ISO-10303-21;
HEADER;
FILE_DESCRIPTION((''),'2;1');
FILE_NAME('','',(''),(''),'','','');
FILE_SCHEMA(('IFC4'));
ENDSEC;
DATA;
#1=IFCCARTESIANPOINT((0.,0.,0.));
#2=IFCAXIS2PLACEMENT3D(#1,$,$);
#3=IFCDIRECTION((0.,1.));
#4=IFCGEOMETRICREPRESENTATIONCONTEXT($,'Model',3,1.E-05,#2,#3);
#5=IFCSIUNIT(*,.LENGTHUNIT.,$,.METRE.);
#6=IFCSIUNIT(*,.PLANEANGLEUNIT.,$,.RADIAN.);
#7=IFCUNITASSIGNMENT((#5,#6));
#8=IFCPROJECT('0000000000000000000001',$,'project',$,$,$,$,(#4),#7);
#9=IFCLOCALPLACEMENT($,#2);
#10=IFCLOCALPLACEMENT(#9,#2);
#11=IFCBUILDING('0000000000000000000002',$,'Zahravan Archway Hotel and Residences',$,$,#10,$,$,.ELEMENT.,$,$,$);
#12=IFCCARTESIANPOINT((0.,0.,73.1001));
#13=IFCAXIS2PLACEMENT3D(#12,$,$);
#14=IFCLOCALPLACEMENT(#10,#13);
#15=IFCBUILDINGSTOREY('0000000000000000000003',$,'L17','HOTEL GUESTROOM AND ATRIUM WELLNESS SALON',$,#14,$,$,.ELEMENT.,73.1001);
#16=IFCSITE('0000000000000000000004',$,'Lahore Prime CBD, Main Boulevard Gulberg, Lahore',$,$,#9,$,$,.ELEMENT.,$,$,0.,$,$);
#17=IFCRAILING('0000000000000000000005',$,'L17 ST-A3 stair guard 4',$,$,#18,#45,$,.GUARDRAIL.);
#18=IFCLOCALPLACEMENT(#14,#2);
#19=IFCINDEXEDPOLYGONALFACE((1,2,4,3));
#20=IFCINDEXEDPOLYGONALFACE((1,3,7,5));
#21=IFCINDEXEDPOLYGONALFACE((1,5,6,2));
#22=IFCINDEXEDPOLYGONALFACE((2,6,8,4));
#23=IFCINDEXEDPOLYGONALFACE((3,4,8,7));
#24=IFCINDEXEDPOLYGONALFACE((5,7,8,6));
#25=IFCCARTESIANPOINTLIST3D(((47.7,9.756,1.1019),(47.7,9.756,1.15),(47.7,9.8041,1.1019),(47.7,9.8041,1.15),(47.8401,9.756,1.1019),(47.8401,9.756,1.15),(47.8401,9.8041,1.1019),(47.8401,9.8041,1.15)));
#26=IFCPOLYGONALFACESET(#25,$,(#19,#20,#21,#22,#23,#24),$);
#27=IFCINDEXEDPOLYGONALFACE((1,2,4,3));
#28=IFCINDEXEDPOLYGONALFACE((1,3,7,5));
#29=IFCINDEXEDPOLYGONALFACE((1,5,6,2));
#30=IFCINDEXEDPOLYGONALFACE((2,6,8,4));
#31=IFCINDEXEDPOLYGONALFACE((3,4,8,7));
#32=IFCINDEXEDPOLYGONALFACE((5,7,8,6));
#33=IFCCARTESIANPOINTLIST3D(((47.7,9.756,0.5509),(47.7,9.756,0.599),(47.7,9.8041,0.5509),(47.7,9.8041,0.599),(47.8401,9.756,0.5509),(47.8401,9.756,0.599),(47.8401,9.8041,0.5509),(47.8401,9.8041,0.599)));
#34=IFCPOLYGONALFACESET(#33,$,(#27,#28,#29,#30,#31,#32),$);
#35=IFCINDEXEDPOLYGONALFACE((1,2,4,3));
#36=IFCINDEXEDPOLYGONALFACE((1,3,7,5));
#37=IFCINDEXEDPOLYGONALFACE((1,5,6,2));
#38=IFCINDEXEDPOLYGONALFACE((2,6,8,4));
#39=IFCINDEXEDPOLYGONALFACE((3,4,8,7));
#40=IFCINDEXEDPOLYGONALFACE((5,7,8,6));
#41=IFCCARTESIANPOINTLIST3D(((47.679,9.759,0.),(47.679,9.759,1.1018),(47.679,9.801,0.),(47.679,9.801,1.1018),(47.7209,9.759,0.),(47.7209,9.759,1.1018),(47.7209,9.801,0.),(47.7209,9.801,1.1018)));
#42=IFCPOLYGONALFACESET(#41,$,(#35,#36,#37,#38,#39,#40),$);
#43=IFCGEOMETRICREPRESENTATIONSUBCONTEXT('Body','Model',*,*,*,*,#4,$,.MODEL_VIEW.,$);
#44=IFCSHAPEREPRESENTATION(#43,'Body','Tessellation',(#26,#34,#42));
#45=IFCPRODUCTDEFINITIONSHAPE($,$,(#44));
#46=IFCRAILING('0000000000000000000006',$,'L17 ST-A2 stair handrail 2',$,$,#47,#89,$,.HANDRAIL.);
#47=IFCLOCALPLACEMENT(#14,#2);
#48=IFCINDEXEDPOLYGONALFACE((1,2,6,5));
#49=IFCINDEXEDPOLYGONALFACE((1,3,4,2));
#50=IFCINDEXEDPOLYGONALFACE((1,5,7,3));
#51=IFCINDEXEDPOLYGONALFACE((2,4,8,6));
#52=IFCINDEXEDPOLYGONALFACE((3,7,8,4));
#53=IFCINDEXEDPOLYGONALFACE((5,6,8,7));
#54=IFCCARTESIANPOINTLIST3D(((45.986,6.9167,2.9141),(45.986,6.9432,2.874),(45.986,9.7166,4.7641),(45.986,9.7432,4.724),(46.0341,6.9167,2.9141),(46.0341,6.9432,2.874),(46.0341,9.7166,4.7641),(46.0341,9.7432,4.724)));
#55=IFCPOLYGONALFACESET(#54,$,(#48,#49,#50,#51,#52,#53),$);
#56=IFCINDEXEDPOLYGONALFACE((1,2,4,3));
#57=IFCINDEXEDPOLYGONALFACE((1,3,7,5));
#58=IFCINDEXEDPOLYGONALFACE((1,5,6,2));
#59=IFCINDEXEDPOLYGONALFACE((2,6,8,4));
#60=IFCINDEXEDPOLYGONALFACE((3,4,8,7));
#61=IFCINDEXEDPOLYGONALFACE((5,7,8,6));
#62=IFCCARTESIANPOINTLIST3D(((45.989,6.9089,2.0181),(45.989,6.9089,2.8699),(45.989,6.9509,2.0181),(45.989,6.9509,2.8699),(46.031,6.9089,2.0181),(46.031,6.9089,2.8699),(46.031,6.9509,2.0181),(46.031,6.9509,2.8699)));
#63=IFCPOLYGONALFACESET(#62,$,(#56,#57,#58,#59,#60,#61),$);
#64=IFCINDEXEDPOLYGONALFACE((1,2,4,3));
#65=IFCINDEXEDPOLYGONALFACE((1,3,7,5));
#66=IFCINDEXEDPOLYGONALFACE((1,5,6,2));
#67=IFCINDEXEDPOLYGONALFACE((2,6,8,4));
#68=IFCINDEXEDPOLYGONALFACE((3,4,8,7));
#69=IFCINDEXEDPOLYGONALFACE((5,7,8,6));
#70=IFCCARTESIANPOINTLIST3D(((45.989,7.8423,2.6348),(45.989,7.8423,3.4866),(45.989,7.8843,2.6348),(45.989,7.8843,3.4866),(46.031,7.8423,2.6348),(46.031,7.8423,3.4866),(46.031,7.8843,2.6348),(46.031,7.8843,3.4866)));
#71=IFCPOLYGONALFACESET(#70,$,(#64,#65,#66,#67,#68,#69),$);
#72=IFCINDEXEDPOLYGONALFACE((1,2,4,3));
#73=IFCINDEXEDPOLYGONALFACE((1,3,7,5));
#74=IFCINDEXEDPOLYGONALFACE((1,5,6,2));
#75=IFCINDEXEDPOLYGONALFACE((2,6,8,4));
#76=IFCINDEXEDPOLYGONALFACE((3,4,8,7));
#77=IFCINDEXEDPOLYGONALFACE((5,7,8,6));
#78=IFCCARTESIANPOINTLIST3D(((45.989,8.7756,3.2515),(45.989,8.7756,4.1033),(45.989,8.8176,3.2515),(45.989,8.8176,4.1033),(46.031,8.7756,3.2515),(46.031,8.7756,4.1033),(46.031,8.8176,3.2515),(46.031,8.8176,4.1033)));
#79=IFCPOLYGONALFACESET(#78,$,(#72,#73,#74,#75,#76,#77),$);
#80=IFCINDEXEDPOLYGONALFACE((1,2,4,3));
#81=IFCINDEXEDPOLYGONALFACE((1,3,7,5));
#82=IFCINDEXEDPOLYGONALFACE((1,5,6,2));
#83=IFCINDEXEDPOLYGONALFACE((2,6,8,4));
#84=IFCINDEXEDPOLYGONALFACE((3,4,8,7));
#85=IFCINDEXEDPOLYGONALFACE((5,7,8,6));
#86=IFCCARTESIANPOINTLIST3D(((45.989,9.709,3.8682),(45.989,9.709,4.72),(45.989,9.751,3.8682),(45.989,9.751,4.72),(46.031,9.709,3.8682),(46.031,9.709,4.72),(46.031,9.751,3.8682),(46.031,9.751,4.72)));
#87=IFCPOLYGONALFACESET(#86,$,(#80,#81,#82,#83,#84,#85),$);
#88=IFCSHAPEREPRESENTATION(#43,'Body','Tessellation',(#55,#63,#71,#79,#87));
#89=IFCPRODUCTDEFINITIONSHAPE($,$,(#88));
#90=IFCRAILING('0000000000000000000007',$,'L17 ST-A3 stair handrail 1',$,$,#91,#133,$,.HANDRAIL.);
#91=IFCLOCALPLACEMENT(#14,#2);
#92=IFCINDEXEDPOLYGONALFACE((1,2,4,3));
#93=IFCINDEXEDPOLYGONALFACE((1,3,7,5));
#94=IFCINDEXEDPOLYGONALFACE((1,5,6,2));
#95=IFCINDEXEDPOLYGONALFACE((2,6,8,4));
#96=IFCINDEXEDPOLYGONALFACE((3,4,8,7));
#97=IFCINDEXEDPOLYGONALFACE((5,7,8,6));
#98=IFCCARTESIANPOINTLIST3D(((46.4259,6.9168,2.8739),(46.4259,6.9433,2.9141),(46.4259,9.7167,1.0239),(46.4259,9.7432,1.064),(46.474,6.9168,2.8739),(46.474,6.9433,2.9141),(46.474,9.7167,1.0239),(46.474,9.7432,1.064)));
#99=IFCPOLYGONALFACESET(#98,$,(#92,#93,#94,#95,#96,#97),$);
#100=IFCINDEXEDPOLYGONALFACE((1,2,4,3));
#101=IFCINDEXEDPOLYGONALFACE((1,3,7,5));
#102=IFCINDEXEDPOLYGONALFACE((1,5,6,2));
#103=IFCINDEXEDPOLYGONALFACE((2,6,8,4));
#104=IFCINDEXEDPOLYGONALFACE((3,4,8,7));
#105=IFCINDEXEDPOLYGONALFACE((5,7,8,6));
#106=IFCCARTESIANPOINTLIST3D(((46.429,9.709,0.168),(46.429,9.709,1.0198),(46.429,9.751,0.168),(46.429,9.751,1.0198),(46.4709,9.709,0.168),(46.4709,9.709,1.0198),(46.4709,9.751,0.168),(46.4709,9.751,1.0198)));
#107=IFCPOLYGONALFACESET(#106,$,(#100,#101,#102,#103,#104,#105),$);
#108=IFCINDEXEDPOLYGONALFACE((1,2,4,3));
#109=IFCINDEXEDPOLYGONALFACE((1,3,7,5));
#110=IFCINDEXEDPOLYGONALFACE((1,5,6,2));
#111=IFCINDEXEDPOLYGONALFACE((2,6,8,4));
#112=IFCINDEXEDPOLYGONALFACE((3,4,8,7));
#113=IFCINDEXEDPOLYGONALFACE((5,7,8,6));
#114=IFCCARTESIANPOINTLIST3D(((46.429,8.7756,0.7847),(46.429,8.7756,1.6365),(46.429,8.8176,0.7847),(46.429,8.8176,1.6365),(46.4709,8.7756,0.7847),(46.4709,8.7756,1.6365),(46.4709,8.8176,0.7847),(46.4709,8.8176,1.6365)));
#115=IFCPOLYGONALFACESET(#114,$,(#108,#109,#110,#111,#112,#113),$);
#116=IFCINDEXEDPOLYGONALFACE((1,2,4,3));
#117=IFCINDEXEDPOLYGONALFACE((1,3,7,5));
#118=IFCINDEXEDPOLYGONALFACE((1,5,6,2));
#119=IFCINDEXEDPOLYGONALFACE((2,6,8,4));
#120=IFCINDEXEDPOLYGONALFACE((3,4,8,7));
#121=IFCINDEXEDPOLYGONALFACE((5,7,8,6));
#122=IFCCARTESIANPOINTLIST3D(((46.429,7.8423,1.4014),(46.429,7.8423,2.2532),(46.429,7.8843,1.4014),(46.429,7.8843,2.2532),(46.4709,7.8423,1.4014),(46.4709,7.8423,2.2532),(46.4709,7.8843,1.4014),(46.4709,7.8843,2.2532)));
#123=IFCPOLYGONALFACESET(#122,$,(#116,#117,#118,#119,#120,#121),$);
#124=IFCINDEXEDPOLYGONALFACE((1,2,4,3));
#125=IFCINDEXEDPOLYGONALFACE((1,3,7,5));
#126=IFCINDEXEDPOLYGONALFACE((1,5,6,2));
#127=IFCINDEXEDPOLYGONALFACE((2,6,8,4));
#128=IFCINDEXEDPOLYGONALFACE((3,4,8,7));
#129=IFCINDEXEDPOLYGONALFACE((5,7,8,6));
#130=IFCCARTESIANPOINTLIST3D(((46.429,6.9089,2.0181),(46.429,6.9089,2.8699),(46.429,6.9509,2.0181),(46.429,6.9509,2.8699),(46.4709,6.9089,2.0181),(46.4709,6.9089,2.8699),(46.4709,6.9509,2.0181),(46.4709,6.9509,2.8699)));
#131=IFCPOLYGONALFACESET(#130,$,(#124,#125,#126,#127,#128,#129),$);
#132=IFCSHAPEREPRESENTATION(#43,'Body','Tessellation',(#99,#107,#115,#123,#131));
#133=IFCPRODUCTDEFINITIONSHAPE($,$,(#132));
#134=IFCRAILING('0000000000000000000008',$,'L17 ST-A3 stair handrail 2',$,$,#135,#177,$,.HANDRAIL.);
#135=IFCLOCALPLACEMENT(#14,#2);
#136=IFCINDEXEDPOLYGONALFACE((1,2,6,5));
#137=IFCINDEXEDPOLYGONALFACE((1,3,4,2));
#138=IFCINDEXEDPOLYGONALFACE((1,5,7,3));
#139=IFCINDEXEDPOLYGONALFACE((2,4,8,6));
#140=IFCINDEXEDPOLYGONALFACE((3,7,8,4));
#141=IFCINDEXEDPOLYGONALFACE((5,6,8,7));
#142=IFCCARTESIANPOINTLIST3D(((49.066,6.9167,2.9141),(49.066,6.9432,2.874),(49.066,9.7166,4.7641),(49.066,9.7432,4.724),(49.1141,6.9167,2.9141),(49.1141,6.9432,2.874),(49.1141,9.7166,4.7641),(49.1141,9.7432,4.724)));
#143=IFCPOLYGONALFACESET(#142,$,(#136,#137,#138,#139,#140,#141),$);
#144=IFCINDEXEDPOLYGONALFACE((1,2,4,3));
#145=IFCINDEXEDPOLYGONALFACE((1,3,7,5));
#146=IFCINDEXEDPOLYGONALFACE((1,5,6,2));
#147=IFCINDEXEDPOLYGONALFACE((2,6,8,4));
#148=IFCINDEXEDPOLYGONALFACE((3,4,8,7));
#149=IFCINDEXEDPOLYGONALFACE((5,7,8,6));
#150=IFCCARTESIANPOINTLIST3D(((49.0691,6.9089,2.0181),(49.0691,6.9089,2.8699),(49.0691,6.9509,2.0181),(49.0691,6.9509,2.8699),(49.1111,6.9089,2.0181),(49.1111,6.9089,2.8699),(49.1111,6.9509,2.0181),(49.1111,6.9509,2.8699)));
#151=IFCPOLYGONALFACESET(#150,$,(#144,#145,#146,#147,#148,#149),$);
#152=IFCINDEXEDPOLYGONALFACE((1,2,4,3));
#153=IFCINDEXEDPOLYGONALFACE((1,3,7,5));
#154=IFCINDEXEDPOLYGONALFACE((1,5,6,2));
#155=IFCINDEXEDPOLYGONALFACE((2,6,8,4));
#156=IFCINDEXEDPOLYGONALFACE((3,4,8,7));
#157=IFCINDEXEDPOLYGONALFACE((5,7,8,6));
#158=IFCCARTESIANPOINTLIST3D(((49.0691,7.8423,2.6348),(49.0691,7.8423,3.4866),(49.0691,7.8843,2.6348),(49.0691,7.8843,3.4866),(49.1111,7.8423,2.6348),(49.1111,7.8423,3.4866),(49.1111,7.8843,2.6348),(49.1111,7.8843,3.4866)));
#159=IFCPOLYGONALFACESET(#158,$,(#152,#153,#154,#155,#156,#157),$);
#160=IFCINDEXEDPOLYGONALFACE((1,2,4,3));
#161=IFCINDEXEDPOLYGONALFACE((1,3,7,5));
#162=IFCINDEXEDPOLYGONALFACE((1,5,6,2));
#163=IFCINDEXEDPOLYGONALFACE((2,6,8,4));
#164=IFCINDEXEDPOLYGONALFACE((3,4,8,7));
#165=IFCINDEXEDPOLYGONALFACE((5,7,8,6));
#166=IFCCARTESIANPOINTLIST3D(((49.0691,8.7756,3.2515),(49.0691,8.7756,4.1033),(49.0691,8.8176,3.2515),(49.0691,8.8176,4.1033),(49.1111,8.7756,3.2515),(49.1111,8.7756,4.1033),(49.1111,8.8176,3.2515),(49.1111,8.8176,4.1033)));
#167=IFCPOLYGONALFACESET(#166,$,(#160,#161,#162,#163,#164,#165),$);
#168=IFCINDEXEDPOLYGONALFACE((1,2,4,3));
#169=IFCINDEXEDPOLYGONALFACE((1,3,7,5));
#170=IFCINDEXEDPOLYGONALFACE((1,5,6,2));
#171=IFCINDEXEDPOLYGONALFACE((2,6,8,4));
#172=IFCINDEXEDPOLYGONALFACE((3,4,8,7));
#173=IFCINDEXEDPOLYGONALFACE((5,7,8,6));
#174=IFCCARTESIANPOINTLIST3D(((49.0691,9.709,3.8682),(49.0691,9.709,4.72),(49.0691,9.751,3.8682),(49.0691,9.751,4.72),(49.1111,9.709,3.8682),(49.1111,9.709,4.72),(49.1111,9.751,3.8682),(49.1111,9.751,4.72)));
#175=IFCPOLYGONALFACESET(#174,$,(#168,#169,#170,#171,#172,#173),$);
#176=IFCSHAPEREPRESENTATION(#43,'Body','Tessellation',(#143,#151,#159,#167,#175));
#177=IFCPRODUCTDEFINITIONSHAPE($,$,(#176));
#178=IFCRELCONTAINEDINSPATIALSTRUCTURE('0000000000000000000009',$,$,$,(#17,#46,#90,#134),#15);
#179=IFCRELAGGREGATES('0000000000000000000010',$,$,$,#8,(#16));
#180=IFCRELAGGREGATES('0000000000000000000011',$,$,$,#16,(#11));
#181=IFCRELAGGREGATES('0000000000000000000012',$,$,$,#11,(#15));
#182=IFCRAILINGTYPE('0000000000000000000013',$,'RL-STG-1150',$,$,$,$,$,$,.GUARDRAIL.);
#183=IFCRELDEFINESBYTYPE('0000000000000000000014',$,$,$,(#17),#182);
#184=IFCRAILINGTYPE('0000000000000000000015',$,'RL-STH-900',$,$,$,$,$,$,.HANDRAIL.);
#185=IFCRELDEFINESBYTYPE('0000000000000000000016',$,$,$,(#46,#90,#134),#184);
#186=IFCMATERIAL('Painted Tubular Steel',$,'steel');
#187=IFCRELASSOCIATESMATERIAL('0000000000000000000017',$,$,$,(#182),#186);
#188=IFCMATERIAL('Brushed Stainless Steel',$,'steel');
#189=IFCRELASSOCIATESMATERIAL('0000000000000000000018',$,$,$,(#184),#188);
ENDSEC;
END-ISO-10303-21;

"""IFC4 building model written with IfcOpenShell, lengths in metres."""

from ifc_helpers import new_model, si_unit, direction, frame, origin, origin_2d, place, context, subcontext, project, spatial, rectangle, extrude, material, type_object, element, save


model = new_model("IFC4")

# Units and contexts
model_context = context("Model", 3, precision=1e-05, world=origin(), true_north=direction((0.0, 1.0)))
body_context = subcontext(model_context, "Body", "Model", "MODEL_VIEW")
ifc_project = project(units=[si_unit("LENGTHUNIT", "METRE"), si_unit("PLANEANGLEUNIT", "RADIAN")], contexts=[model_context])

# Site, building, storey
site_placement = place(None, origin())
site = spatial("IfcSite", under=ifc_project, at=site_placement, Name="Lahore Prime CBD, Main Boulevard Gulberg, Lahore", CompositionType="ELEMENT", RefElevation=0.0)
building_placement = place(site_placement, origin())
building = spatial("IfcBuilding", under=site, at=building_placement, Name="Zahravan Archway Hotel and Residences", CompositionType="ELEMENT")
storey_placement = place(building_placement, frame((0.0, 0.0, 73.1001)))
storey = spatial("IfcBuildingStorey", under=building, at=storey_placement, Name="L17", Description="HOTEL GUESTROOM AND ATRIUM WELLNESS SALON", CompositionType="ELEMENT", Elevation=73.1001)

# Railings
ifc_material_1 = material(Name="Painted Tubular Steel", Category="steel")
railing_type_1 = type_object("IfcRailingType", Name="RL-STG-1150", PredefinedType="GUARDRAIL", material=ifc_material_1)
railing_1_placement = place(storey_placement, frame((47.7, 9.78, 0.0)))
element("IfcRailing", 1, at=railing_1_placement, inside=storey, type_object=railing_type_1, Name="L17 ST-A3 stair guard 4", PredefinedType="GUARDRAIL", context=body_context, shape_type="SweptSolid", body=[
    extrude(rectangle(XDim=0.0481, YDim=0.0481, at=origin_2d()), frame((0.0, 0.0, 1.126), z_axis=(1.0, 0.0, 0.0), x_axis=(0.0, 1.0, 0.0)), (0.0, 0.0, 1.0), 0.1401),
    extrude(rectangle(XDim=0.0481, YDim=0.0481, at=origin_2d()), frame((0.0, 0.0, 0.575), z_axis=(1.0, 0.0, 0.0), x_axis=(0.0, 1.0, 0.0)), (0.0, 0.0, 1.0), 0.1401),
    extrude(rectangle(XDim=0.042, YDim=0.042, at=origin_2d()), origin(), (0.0, 0.0, 1.0), 1.1018),
])
ifc_material_2 = material(Name="Brushed Stainless Steel", Category="steel")
railing_type_2 = type_object("IfcRailingType", Name="RL-STH-900", PredefinedType="HANDRAIL", material=ifc_material_2)
railing_2_placement = place(storey_placement, frame((46.01, 6.9299, 2.0181)))
element("IfcRailing", 2, at=railing_2_placement, inside=storey, type_object=railing_type_2, Name="L17 ST-A2 stair handrail 2", PredefinedType="HANDRAIL", context=body_context, shape_type="SweptSolid", body=[
    extrude(rectangle(XDim=0.0481, YDim=0.0481, at=origin_2d()), frame((0.0, 0.0, 0.876), z_axis=(0.0, 0.834326, 0.551271), x_axis=(-1.0, 0.0, 0.0)), (0.0, 0.0, 1.0), 3.356),
    extrude(rectangle(XDim=0.042, YDim=0.042, at=origin_2d()), origin(), (0.0, 0.0, 1.0), 0.8518),
    extrude(rectangle(XDim=0.042, YDim=0.042, at=origin_2d()), frame((0.0, 0.9333, 0.6167)), (0.0, 0.0, 1.0), 0.8518),
    extrude(rectangle(XDim=0.042, YDim=0.042, at=origin_2d()), frame((0.0, 1.8667, 1.2334)), (0.0, 0.0, 1.0), 0.8518),
    extrude(rectangle(XDim=0.042, YDim=0.042, at=origin_2d()), frame((0.0, 2.8, 1.8501)), (0.0, 0.0, 1.0), 0.8518),
])
railing_3_placement = place(storey_placement, frame((46.45, 9.73, 0.168)))
element("IfcRailing", 3, at=railing_3_placement, inside=storey, type_object=railing_type_2, Name="L17 ST-A3 stair handrail 1", PredefinedType="HANDRAIL", context=body_context, shape_type="SweptSolid", body=[
    extrude(rectangle(XDim=0.0481, YDim=0.0481, at=origin_2d()), frame((0.0, 0.0, 0.876), z_axis=(0.0, -0.834326, 0.551271), x_axis=(1.0, 0.0, 0.0)), (0.0, 0.0, 1.0), 3.356),
    extrude(rectangle(XDim=0.042, YDim=0.042, at=origin_2d()), origin(), (0.0, 0.0, 1.0), 0.8518),
    extrude(rectangle(XDim=0.042, YDim=0.042, at=origin_2d()), frame((0.0, -0.9333, 0.6167)), (0.0, 0.0, 1.0), 0.8518),
    extrude(rectangle(XDim=0.042, YDim=0.042, at=origin_2d()), frame((0.0, -1.8667, 1.2334)), (0.0, 0.0, 1.0), 0.8518),
    extrude(rectangle(XDim=0.042, YDim=0.042, at=origin_2d()), frame((0.0, -2.8, 1.8501)), (0.0, 0.0, 1.0), 0.8518),
])
railing_4_placement = place(storey_placement, frame((49.0901, 6.9299, 2.0181)))
element("IfcRailing", 4, at=railing_4_placement, inside=storey, type_object=railing_type_2, Name="L17 ST-A3 stair handrail 2", PredefinedType="HANDRAIL", context=body_context, shape_type="SweptSolid", body=[
    extrude(rectangle(XDim=0.0481, YDim=0.0481, at=origin_2d()), frame((0.0, 0.0, 0.876), z_axis=(0.0, 0.834326, 0.551271), x_axis=(-1.0, 0.0, 0.0)), (0.0, 0.0, 1.0), 3.356),
    extrude(rectangle(XDim=0.042, YDim=0.042, at=origin_2d()), origin(), (0.0, 0.0, 1.0), 0.8518),
    extrude(rectangle(XDim=0.042, YDim=0.042, at=origin_2d()), frame((0.0, 0.9333, 0.6167)), (0.0, 0.0, 1.0), 0.8518),
    extrude(rectangle(XDim=0.042, YDim=0.042, at=origin_2d()), frame((0.0, 1.8667, 1.2334)), (0.0, 0.0, 1.0), 0.8518),
    extrude(rectangle(XDim=0.042, YDim=0.042, at=origin_2d()), frame((0.0, 2.8, 1.8501)), (0.0, 0.0, 1.0), 0.8518),
])

save(model, "model.ifc")
